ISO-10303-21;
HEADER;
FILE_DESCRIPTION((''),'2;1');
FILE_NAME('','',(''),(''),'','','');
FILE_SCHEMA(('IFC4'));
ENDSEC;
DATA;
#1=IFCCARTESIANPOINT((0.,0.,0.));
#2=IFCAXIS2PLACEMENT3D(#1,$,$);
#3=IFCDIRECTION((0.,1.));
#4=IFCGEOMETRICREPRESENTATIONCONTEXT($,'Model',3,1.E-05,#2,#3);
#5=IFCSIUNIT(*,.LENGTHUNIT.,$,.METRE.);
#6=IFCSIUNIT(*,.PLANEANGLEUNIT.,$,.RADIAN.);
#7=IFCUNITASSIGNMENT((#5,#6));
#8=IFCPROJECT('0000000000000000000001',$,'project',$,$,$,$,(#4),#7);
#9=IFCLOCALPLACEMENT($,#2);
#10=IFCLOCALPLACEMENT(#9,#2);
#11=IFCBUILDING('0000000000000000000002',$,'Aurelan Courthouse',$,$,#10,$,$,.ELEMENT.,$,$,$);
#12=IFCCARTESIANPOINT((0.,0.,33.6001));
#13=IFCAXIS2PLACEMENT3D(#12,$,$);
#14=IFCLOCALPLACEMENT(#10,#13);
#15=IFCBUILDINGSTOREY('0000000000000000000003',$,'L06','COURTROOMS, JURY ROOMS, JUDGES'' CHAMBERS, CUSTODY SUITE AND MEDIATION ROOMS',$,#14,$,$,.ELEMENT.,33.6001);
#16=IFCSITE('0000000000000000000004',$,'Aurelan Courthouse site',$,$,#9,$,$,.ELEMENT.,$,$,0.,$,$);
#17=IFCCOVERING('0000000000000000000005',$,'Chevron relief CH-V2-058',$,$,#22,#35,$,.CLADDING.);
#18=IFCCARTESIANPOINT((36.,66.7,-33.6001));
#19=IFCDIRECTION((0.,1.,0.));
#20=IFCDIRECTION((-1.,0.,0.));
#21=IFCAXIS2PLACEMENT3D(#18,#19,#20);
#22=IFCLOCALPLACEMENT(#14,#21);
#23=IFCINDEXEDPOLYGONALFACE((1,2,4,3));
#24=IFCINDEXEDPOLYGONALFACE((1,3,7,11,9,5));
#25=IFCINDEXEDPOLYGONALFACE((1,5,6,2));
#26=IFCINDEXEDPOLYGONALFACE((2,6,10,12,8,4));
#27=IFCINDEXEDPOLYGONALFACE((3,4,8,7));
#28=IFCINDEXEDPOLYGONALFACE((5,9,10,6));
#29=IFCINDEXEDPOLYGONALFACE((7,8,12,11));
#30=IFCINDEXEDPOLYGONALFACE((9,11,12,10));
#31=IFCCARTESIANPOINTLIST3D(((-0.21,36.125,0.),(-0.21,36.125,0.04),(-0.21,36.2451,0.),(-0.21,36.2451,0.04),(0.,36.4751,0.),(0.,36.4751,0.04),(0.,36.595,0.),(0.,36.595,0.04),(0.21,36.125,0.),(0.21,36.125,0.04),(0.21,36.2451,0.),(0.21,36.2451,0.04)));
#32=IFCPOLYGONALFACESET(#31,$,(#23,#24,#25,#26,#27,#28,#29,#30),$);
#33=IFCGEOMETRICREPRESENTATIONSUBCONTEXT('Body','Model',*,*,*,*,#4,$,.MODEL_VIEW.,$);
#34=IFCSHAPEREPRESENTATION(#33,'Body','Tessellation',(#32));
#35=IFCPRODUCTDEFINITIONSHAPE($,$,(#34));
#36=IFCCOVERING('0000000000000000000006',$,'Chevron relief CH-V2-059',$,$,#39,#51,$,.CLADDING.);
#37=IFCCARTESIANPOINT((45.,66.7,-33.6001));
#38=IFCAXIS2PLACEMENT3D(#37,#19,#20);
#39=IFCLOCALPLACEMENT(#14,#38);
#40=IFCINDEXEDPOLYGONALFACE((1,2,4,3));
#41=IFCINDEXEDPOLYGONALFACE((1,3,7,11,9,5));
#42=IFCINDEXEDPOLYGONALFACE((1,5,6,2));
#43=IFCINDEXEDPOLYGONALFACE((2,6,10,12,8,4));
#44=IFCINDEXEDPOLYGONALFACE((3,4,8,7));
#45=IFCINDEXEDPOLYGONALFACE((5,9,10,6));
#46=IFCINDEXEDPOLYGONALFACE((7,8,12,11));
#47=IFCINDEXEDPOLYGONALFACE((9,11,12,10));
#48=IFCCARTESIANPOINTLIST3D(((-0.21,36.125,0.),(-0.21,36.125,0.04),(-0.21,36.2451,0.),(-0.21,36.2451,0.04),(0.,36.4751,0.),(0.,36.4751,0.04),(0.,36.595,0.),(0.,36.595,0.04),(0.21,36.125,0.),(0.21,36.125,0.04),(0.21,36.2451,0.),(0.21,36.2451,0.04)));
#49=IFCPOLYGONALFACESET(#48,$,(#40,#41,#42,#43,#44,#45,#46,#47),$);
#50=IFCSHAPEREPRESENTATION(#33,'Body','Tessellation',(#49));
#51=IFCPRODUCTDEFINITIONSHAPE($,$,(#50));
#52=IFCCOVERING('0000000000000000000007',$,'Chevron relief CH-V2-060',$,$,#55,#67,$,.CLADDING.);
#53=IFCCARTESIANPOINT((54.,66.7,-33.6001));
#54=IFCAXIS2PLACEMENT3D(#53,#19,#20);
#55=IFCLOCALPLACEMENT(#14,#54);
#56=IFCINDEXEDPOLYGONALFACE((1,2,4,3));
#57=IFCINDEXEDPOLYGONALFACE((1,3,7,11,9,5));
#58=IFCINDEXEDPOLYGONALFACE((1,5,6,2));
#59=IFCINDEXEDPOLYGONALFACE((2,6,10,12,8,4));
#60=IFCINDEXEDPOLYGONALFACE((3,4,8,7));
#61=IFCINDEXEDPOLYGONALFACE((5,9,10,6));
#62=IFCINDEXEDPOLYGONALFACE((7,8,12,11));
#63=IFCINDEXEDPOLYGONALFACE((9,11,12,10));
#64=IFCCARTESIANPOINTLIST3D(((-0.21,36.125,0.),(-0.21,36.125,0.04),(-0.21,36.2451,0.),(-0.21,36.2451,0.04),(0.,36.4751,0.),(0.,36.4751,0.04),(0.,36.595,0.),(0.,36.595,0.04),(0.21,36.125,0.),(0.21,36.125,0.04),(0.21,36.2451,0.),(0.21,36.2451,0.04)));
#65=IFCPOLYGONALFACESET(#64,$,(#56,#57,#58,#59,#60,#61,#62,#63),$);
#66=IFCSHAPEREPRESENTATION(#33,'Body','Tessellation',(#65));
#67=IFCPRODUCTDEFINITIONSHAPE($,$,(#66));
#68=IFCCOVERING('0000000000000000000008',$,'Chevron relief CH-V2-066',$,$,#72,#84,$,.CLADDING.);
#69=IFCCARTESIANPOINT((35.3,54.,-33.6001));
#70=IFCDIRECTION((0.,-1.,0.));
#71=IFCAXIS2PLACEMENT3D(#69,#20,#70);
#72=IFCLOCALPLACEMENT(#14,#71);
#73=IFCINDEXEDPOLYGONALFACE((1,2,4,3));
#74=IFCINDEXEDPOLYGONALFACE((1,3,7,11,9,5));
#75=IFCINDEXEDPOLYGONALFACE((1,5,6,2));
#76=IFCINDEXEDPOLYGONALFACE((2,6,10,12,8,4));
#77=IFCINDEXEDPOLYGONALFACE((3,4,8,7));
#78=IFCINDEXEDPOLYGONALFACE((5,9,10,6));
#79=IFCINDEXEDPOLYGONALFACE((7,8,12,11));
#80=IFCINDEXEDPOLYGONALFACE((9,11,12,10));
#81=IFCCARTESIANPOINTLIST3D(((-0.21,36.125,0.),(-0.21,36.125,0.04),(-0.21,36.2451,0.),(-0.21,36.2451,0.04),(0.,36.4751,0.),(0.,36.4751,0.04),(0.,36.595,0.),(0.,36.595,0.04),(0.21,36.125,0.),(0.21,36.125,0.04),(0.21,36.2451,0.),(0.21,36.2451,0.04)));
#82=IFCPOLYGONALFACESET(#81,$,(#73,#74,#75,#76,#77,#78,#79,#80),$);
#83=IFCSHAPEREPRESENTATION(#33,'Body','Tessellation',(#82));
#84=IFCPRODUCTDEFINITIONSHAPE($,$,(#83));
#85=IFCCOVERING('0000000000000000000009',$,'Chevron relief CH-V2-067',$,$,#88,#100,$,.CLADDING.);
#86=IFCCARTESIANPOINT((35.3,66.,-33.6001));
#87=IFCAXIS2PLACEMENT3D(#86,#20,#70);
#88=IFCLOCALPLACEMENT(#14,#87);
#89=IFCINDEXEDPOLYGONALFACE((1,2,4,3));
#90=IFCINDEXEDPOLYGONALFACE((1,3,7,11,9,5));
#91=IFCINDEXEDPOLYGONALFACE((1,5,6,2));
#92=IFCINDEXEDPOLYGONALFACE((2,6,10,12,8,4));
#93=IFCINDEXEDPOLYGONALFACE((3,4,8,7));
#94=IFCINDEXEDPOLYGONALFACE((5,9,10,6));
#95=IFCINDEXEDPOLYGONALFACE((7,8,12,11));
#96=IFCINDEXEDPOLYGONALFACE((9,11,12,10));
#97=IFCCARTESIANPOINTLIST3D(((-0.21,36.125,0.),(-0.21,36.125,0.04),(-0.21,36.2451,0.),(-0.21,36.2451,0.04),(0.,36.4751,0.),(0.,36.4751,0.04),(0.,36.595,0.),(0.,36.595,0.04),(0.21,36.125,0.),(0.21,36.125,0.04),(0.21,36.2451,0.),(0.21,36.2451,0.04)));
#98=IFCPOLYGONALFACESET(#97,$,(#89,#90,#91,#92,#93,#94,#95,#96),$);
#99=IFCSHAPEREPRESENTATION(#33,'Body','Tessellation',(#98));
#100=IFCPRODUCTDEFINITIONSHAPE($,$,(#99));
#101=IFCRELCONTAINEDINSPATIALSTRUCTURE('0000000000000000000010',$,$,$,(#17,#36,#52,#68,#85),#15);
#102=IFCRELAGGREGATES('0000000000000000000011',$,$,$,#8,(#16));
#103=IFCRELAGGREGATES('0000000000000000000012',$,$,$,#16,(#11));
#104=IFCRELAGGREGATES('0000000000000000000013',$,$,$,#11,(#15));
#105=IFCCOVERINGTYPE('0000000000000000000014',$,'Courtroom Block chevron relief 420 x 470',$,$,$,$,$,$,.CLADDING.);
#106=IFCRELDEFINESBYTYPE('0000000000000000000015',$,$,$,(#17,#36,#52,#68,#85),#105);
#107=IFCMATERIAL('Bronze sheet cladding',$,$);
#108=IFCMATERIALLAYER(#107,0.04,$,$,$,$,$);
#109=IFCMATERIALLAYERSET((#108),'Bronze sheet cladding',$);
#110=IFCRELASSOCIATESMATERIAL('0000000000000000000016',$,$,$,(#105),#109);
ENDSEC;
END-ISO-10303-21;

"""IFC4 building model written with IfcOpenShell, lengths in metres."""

from ifc_helpers import new_model, si_unit, direction, frame, origin, place, context, subcontext, project, spatial, polyline, outline, extrude, material, layer, layer_set, type_object, element, save


model = new_model("IFC4")

# Units and contexts
model_context = context("Model", 3, precision=1e-05, world=origin(), true_north=direction((0.0, 1.0)))
body_context = subcontext(model_context, "Body", "Model", "MODEL_VIEW")
ifc_project = project(units=[si_unit("LENGTHUNIT", "METRE"), si_unit("PLANEANGLEUNIT", "RADIAN")], contexts=[model_context])

# Site, building, storey
site_placement = place(None, origin())
site = spatial("IfcSite", under=ifc_project, at=site_placement, Name="Aurelan Courthouse site", CompositionType="ELEMENT", RefElevation=0.0)
building_placement = place(site_placement, origin())
building = spatial("IfcBuilding", under=site, at=building_placement, Name="Aurelan Courthouse", CompositionType="ELEMENT")
storey_placement = place(building_placement, frame((0.0, 0.0, 33.6001)))
storey = spatial("IfcBuildingStorey", under=building, at=storey_placement, Name="L06", Description="COURTROOMS, JURY ROOMS, JUDGES' CHAMBERS, CUSTODY SUITE AND MEDIATION ROOMS", CompositionType="ELEMENT", Elevation=33.6001)

# Coverings
ifc_material_1 = material(Name="Bronze sheet cladding")
ifc_layer_1 = layer(ifc_material_1, 0.04)
ifc_layer_set_1 = layer_set([ifc_layer_1], Name="Bronze sheet cladding")
covering_type_1 = type_object("IfcCoveringType", Name="Courtroom Block chevron relief 420 x 470", PredefinedType="CLADDING", material=ifc_layer_set_1)
for number, where, z_axis, x_axis, name in (
    (1, (36.0, 66.7, -33.6001), (0.0, 1.0, 0.0), (-1.0, 0.0, 0.0), "Chevron relief CH-V2-058"),
    (2, (45.0, 66.7, -33.6001), (0.0, 1.0, 0.0), (-1.0, 0.0, 0.0), "Chevron relief CH-V2-059"),
    (3, (54.0, 66.7, -33.6001), (0.0, 1.0, 0.0), (-1.0, 0.0, 0.0), "Chevron relief CH-V2-060"),
    (4, (35.3, 54.0, -33.6001), (-1.0, 0.0, 0.0), (0.0, -1.0, 0.0), "Chevron relief CH-V2-066"),
    (5, (35.3, 66.0, -33.6001), (-1.0, 0.0, 0.0), (0.0, -1.0, 0.0), "Chevron relief CH-V2-067"),
):
    element("IfcCovering", number, at=place(storey_placement, frame(where, z_axis=z_axis, x_axis=x_axis)), inside=storey, type_object=covering_type_1, Name=name, PredefinedType="CLADDING", context=body_context, shape_type="SweptSolid", body=[
        extrude(outline(polyline([(-0.21, 36.125), (0.0, 36.4751), (0.21, 36.125), (0.21, 36.2451), (0.0, 36.595), (-0.21, 36.2451), (-0.21, 36.125)])), origin(), (0.0, 0.0, 1.0), 0.04),
    ])

save(model, "model.ifc")
